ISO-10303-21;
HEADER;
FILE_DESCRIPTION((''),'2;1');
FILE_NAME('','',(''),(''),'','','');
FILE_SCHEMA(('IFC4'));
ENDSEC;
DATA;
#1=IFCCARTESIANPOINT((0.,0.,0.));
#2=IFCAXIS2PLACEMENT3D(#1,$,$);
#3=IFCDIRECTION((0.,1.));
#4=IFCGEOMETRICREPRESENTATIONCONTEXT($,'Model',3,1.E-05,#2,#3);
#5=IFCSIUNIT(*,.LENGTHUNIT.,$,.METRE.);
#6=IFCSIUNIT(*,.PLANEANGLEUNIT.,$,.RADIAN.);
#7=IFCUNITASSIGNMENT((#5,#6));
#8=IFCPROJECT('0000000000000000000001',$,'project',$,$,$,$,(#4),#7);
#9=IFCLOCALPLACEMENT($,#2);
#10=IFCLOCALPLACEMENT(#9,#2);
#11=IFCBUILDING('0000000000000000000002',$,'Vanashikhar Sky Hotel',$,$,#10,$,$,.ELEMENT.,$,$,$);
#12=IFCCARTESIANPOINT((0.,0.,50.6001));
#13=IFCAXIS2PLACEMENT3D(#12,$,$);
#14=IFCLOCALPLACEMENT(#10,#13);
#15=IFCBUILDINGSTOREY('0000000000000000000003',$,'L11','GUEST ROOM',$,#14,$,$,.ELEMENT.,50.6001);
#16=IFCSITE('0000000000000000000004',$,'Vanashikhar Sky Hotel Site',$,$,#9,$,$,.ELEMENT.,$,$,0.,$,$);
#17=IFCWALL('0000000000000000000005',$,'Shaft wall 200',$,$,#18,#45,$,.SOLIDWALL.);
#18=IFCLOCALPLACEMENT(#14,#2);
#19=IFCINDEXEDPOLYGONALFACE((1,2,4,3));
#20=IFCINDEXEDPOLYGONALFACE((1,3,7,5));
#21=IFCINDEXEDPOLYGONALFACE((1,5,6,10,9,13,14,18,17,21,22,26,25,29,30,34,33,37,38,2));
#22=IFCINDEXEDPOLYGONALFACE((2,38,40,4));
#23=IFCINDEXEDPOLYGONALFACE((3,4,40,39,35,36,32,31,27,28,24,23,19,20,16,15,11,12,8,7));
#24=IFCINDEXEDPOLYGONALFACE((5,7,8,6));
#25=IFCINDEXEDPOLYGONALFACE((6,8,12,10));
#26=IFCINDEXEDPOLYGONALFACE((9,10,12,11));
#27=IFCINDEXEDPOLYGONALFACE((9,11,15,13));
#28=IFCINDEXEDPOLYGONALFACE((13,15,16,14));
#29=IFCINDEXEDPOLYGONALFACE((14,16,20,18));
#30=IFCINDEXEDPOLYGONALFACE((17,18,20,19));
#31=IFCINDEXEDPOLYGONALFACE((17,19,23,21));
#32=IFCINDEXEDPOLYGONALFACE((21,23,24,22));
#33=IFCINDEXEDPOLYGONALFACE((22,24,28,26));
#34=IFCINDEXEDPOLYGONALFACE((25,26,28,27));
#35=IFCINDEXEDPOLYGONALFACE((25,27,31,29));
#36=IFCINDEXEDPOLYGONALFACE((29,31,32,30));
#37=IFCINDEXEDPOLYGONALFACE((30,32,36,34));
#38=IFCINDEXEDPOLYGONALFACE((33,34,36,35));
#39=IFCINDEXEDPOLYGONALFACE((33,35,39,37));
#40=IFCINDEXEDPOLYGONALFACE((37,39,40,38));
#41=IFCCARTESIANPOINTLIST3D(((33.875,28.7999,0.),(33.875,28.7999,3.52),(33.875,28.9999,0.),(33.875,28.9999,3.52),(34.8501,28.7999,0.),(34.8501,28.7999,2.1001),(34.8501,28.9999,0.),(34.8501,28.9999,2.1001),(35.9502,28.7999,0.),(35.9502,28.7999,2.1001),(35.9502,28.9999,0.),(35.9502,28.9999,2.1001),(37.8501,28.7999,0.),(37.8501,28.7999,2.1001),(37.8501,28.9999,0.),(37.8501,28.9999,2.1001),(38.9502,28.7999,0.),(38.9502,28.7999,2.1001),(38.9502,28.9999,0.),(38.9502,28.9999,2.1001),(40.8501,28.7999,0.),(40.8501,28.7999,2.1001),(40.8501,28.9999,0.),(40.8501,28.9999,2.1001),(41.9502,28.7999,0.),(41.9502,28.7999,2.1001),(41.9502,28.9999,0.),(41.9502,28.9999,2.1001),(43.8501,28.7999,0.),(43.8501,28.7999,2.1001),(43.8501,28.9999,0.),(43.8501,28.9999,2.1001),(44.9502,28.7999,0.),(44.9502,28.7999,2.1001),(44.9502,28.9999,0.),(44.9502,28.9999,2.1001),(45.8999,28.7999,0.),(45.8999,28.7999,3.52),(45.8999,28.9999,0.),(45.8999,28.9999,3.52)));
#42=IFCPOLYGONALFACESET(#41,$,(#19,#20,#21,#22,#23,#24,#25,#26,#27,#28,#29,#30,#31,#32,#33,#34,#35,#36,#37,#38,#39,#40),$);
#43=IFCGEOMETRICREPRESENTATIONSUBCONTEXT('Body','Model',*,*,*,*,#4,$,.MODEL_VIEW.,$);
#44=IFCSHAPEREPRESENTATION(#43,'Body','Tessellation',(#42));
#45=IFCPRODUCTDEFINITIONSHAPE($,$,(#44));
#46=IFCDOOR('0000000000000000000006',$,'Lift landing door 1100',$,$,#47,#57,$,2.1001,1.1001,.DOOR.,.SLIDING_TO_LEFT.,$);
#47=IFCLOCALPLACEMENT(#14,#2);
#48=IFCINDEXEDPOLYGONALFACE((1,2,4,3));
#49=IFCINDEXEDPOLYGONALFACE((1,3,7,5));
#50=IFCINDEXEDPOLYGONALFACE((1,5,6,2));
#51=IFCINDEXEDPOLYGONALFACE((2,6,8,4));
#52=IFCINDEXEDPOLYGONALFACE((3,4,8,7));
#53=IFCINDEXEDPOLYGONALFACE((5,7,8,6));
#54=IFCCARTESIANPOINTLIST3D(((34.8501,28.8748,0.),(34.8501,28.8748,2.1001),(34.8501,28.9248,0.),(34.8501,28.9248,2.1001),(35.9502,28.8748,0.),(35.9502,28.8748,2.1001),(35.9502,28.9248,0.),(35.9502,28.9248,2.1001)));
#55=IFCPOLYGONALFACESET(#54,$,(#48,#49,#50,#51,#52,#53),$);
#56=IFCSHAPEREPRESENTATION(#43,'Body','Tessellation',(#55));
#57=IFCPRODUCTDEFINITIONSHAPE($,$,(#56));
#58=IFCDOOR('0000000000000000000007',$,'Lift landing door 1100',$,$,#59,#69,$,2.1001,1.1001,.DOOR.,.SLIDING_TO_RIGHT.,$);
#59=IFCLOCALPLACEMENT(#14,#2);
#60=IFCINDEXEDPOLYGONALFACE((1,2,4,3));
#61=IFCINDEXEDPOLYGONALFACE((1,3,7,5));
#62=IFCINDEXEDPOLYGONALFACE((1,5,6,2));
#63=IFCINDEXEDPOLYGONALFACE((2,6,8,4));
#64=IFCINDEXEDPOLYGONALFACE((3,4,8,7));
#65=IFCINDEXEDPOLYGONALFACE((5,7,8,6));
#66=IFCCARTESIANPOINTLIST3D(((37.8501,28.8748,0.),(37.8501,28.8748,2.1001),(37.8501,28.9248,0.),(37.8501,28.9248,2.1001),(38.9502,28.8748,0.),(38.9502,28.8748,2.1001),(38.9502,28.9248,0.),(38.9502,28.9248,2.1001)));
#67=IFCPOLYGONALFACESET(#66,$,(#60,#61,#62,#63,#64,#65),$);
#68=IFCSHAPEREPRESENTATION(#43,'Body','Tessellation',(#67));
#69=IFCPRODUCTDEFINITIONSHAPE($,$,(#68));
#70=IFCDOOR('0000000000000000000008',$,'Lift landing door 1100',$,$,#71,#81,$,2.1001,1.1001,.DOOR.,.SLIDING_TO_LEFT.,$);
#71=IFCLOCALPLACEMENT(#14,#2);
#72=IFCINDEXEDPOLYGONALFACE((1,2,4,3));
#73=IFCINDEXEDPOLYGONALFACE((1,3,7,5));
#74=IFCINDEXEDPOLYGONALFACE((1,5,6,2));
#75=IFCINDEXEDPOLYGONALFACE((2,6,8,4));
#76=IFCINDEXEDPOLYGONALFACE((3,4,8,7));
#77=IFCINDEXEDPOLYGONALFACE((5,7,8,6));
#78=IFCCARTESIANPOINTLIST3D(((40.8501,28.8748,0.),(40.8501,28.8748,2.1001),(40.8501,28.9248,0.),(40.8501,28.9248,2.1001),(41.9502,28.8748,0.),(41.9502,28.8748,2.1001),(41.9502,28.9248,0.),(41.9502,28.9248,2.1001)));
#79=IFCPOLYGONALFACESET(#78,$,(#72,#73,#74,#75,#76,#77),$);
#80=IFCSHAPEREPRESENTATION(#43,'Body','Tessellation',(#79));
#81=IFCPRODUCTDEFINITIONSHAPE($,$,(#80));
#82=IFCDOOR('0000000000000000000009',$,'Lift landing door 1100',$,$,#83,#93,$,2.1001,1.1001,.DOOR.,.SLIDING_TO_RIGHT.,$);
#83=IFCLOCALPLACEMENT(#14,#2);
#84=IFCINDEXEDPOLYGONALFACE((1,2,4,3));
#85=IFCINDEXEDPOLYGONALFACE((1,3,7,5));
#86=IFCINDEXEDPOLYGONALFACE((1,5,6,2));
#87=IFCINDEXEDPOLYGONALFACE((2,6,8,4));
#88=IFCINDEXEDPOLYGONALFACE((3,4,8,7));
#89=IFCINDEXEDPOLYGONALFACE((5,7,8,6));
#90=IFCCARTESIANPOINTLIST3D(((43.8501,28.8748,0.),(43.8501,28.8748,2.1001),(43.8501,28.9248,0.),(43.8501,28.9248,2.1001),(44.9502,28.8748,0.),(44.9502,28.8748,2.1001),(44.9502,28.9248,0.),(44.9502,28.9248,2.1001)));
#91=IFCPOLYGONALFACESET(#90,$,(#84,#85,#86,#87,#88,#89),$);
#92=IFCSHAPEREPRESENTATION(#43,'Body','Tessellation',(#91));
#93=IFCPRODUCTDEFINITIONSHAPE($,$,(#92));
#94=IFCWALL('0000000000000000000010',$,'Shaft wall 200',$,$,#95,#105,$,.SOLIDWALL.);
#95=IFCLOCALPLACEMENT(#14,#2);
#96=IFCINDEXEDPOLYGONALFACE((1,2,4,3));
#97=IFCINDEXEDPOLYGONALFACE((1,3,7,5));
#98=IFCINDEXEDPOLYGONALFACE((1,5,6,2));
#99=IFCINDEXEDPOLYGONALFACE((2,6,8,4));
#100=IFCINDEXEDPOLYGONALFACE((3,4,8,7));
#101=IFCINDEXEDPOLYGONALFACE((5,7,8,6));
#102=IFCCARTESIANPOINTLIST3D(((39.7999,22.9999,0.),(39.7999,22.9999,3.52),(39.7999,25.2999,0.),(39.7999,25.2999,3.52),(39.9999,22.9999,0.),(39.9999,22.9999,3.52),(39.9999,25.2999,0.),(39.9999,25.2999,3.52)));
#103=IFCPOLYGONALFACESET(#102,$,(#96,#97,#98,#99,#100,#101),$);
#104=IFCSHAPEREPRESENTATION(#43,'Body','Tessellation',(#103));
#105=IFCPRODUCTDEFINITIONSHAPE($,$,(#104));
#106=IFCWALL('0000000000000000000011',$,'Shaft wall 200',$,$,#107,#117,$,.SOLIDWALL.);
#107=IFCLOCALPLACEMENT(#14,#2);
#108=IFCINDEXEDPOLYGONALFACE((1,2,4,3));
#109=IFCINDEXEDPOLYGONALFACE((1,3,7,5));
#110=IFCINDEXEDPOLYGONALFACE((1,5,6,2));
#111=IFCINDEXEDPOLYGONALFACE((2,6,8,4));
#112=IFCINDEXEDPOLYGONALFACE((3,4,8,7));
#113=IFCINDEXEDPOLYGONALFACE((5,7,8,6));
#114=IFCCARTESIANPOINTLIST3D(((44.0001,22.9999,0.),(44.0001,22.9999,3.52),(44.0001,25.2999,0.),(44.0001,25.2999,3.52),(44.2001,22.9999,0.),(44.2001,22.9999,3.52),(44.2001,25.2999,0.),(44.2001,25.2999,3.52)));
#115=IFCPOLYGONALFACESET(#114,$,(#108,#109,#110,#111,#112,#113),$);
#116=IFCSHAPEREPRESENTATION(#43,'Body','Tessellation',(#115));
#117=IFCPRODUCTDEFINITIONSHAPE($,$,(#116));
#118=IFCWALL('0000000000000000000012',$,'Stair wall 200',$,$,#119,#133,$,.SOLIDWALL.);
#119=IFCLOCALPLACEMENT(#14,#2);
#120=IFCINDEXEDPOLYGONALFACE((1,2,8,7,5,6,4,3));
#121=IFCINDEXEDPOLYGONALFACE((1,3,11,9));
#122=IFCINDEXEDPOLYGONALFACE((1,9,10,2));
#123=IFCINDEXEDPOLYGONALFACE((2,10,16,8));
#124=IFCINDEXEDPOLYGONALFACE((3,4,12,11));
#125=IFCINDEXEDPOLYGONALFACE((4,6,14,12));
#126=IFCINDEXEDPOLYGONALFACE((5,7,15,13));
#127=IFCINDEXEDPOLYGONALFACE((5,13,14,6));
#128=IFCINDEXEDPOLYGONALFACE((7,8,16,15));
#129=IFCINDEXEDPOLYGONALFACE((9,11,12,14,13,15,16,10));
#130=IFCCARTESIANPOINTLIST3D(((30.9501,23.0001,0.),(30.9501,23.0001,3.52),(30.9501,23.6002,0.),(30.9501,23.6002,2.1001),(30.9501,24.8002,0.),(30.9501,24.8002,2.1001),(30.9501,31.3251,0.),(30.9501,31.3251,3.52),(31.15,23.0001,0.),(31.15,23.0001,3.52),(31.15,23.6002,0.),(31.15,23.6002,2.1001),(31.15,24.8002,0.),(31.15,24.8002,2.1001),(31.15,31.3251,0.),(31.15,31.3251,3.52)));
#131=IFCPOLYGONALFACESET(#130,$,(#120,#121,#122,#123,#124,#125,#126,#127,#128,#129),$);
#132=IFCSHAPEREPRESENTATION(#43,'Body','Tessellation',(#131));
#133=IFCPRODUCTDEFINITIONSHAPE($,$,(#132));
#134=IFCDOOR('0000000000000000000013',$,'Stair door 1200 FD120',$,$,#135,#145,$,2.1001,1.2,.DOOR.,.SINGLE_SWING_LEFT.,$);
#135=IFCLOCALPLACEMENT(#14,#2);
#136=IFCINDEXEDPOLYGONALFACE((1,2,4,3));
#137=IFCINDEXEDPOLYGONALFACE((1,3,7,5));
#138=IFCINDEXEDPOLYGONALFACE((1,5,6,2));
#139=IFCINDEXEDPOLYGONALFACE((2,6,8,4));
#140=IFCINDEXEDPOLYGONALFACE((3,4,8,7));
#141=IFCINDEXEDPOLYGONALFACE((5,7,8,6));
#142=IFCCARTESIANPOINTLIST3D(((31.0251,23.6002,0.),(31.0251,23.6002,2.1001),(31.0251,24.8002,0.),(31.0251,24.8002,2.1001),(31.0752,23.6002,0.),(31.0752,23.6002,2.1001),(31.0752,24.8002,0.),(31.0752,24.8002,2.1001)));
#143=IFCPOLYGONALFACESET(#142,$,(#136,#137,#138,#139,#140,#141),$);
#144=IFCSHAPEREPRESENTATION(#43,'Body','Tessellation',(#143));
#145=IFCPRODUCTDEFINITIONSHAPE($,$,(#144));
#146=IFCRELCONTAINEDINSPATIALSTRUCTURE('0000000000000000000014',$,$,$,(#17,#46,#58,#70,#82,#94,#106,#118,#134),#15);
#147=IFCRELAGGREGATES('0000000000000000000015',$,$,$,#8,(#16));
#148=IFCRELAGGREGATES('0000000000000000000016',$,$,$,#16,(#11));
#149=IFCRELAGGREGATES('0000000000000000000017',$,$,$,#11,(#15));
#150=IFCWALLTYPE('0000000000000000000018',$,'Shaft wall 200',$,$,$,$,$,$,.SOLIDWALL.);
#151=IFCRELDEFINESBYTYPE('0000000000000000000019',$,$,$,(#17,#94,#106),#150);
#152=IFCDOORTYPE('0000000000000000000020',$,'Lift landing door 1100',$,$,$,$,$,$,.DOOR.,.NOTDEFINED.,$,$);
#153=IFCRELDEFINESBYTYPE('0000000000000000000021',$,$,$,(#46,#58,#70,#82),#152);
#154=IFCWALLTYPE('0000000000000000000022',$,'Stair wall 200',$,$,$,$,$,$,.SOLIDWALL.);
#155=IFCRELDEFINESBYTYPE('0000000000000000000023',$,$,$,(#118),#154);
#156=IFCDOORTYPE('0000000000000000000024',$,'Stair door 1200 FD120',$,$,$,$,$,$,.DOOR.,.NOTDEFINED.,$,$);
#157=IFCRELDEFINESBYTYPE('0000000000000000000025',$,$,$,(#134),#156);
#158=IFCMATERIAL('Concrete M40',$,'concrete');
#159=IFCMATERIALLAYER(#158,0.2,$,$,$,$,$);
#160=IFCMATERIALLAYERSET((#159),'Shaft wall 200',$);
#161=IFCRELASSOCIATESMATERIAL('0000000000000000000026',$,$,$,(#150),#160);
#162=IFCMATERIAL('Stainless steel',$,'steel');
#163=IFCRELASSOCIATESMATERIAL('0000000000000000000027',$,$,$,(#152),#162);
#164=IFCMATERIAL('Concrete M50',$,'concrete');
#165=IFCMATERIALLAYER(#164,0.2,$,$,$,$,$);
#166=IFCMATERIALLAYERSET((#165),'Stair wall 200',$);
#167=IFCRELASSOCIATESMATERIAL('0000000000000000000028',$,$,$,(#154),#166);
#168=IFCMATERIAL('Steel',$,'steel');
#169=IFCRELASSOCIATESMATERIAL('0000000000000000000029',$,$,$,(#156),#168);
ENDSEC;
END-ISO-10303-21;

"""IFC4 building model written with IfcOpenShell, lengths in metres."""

from ifc_helpers import new_model, si_unit, direction, frame, frame_2d, origin, place, context, subcontext, project, spatial, rectangle, extrude, source, transform, mapped, material, layer, layer_set, type_object, element, fill, save


model = new_model("IFC4")

# Units and contexts
model_context = context("Model", 3, precision=1e-05, world=origin(), true_north=direction((0.0, 1.0)))
body_context = subcontext(model_context, "Body", "Model", "MODEL_VIEW")
ifc_project = project(units=[si_unit("LENGTHUNIT", "METRE"), si_unit("PLANEANGLEUNIT", "RADIAN")], contexts=[model_context])

# Site, building, storey
site_placement = place(None, origin())
site = spatial("IfcSite", under=ifc_project, at=site_placement, Name="Vanashikhar Sky Hotel Site", CompositionType="ELEMENT", RefElevation=0.0)
building_placement = place(site_placement, origin())
building = spatial("IfcBuilding", under=site, at=building_placement, Name="Vanashikhar Sky Hotel", CompositionType="ELEMENT")
storey_placement = place(building_placement, frame((0.0, 0.0, 50.6001)))
storey = spatial("IfcBuildingStorey", under=building, at=storey_placement, Name="L11", Description="GUEST ROOM", CompositionType="ELEMENT", Elevation=50.6001)

# Shared definitions
ifc_material_1 = material(Name="Steel", Category="steel")
shared_shape_1 = source(origin(), body_context, "Body", "SweptSolid", [
    extrude(rectangle(XDim=1.1001, YDim=2.1001, at=frame_2d((0.55, 1.05))), frame((0.0, 0.0249, 0.0), z_axis=(0.0, -1.0, 0.0), x_axis=(1.0, 0.0, 0.0)), (0.0, 0.0, 1.0), 0.05),
])

# Wall, openings, doors
ifc_material_2 = material(Name="Concrete M40", Category="concrete")
ifc_layer_1 = layer(ifc_material_2, 0.2)
ifc_layer_set_1 = layer_set([ifc_layer_1], Name="Shaft wall 200")
wall_type_1 = type_object("IfcWallType", Name="Shaft wall 200", PredefinedType="SOLIDWALL", material=ifc_layer_set_1)
shared_shape_2 = source(origin(), body_context, "Body", "SweptSolid", [
    extrude(rectangle(XDim=1.1001, YDim=2.1001, at=frame_2d((0.55, 1.05))), frame((0.0, 0.1099, 0.0), z_axis=(0.0, -1.0, 0.0), x_axis=(1.0, 0.0, 0.0)), (0.0, 0.0, 1.0), 0.22),
])
ifc_material_3 = material(Name="Stainless steel", Category="steel")
door_type_1 = type_object("IfcDoorType", Name="Lift landing door 1100", OperationType="NOTDEFINED", PredefinedType="DOOR", material=ifc_material_3)
shared_shape_3 = source(origin(), body_context, "Body", "SweptSolid", [
    extrude(rectangle(XDim=12.0249, YDim=0.2, at=frame_2d((6.0125, 0.0))), origin(), (0.0, 0.0, 1.0), 3.52),
])
wall_1_placement = place(storey_placement, frame((33.875, 28.8999, 0.0), z_axis=(0.0, 0.0, 1.0), x_axis=(1.0, 0.0, 0.0)))
wall_1 = element("IfcWall", 1, at=wall_1_placement, inside=storey, type_object=wall_type_1, Name="Shaft wall 200", PredefinedType="SOLIDWALL", context=body_context, shape_type="MappedRepresentation", body=[
    mapped(shared_shape_3, transform((0.0, 0.0, 0.0), scale=1.0)),
])
opening_1_placement = place(wall_1_placement, frame((0.9751, 0.0, 0.0)))
opening_1 = element("IfcOpeningElement", 2, at=opening_1_placement, cuts=wall_1, PredefinedType="OPENING", context=body_context, shape_type="MappedRepresentation", body=[
    mapped(shared_shape_2, transform((0.0, 0.0, 0.0), scale=1.0)),
])
opening_2_placement = place(wall_1_placement, frame((3.9751, 0.0, 0.0)))
opening_2 = element("IfcOpeningElement", 3, at=opening_2_placement, cuts=wall_1, PredefinedType="OPENING", context=body_context, shape_type="MappedRepresentation", body=[
    mapped(shared_shape_2, transform((0.0, 0.0, 0.0), scale=1.0)),
])
opening_3_placement = place(wall_1_placement, frame((6.9751, 0.0, 0.0)))
opening_3 = element("IfcOpeningElement", 4, at=opening_3_placement, cuts=wall_1, PredefinedType="OPENING", context=body_context, shape_type="MappedRepresentation", body=[
    mapped(shared_shape_2, transform((0.0, 0.0, 0.0), scale=1.0)),
])
opening_4_placement = place(wall_1_placement, frame((9.9751, 0.0, 0.0)))
opening_4 = element("IfcOpeningElement", 5, at=opening_4_placement, cuts=wall_1, PredefinedType="OPENING", context=body_context, shape_type="MappedRepresentation", body=[
    mapped(shared_shape_2, transform((0.0, 0.0, 0.0), scale=1.0)),
])
door_1_placement = place(opening_1_placement, origin())
door_1 = element("IfcDoor", 6, at=door_1_placement, inside=storey, type_object=door_type_1, Name="Lift landing door 1100", OperationType="SLIDING_TO_LEFT", OverallHeight=2.1001, OverallWidth=1.1001, PredefinedType="DOOR", context=body_context, shape_type="MappedRepresentation", body=[
    mapped(shared_shape_1, transform((0.0, 0.0, 0.0), scale=1.0)),
])
fill(opening_1, door_1)
door_2_placement = place(opening_2_placement, origin())
door_2 = element("IfcDoor", 7, at=door_2_placement, inside=storey, type_object=door_type_1, Name="Lift landing door 1100", OperationType="SLIDING_TO_RIGHT", OverallHeight=2.1001, OverallWidth=1.1001, PredefinedType="DOOR", context=body_context, shape_type="MappedRepresentation", body=[
    mapped(shared_shape_1, transform((0.0, 0.0, 0.0), scale=1.0)),
])
fill(opening_2, door_2)
door_3_placement = place(opening_3_placement, origin())
door_3 = element("IfcDoor", 8, at=door_3_placement, inside=storey, type_object=door_type_1, Name="Lift landing door 1100", OperationType="SLIDING_TO_LEFT", OverallHeight=2.1001, OverallWidth=1.1001, PredefinedType="DOOR", context=body_context, shape_type="MappedRepresentation", body=[
    mapped(shared_shape_1, transform((0.0, 0.0, 0.0), scale=1.0)),
])
fill(opening_3, door_3)
door_4_placement = place(opening_4_placement, origin())
door_4 = element("IfcDoor", 9, at=door_4_placement, inside=storey, type_object=door_type_1, Name="Lift landing door 1100", OperationType="SLIDING_TO_RIGHT", OverallHeight=2.1001, OverallWidth=1.1001, PredefinedType="DOOR", context=body_context, shape_type="MappedRepresentation", body=[
    mapped(shared_shape_1, transform((0.0, 0.0, 0.0), scale=1.0)),
])
fill(opening_4, door_4)

# Walls
shared_shape_4 = source(origin(), body_context, "Body", "SweptSolid", [
    extrude(rectangle(XDim=2.3, YDim=0.2, at=frame_2d((1.1499, 0.0))), origin(), (0.0, 0.0, 1.0), 3.52),
])
for number, where, z_axis, x_axis, name in (
    (10, (39.8999, 23.0, 0.0), (0.0, 0.0, 1.0), (0.0, 1.0, 0.0), "Shaft wall 200"),
    (11, (44.1001, 23.0, 0.0), (0.0, 0.0, 1.0), (0.0, 1.0, 0.0), "Shaft wall 200"),
):
    element("IfcWall", number, at=place(storey_placement, frame(where, z_axis=z_axis, x_axis=x_axis)), inside=storey, type_object=wall_type_1, Name=name, PredefinedType="SOLIDWALL", context=body_context, shape_type="MappedRepresentation", body=[
        mapped(shared_shape_4, transform((0.0, 0.0, 0.0), scale=1.0)),
    ])

# Wall, opening, door
ifc_material_4 = material(Name="Concrete M50", Category="concrete")
ifc_layer_2 = layer(ifc_material_4, 0.2)
ifc_layer_set_2 = layer_set([ifc_layer_2], Name="Stair wall 200")
wall_type_2 = type_object("IfcWallType", Name="Stair wall 200", PredefinedType="SOLIDWALL", material=ifc_layer_set_2)
shared_shape_5 = source(origin(), body_context, "Body", "SweptSolid", [
    extrude(rectangle(XDim=8.325, YDim=0.2, at=frame_2d((4.1626, 0.0))), origin(), (0.0, 0.0, 1.0), 3.52),
])
wall_2_placement = place(storey_placement, frame((31.05, 23.0, 0.0), z_axis=(0.0, 0.0, 1.0), x_axis=(0.0, 1.0, 0.0)))
wall_2 = element("IfcWall", 12, at=wall_2_placement, inside=storey, type_object=wall_type_2, Name="Stair wall 200", PredefinedType="SOLIDWALL", context=body_context, shape_type="MappedRepresentation", body=[
    mapped(shared_shape_5, transform((0.0, 0.0, 0.0), scale=1.0)),
])
shared_shape_6 = source(origin(), body_context, "Body", "SweptSolid", [
    extrude(rectangle(XDim=1.2, YDim=2.1001, at=frame_2d((0.6001, 1.05))), frame((0.0, 0.1099, 0.0), z_axis=(0.0, -1.0, 0.0), x_axis=(1.0, 0.0, 0.0)), (0.0, 0.0, 1.0), 0.22),
])
opening_5_placement = place(wall_2_placement, frame((0.6001, 0.0, 0.0)))
opening_5 = element("IfcOpeningElement", 13, at=opening_5_placement, cuts=wall_2, PredefinedType="OPENING", context=body_context, shape_type="MappedRepresentation", body=[
    mapped(shared_shape_6, transform((0.0, 0.0, 0.0), scale=1.0)),
])
door_type_2 = type_object("IfcDoorType", Name="Stair door 1200 FD120", OperationType="NOTDEFINED", PredefinedType="DOOR", material=ifc_material_1)
shared_shape_7 = source(origin(), body_context, "Body", "SweptSolid", [
    extrude(rectangle(XDim=1.2, YDim=2.1001, at=frame_2d((0.6001, 1.05))), frame((0.0, 0.0249, 0.0), z_axis=(0.0, -1.0, 0.0), x_axis=(1.0, 0.0, 0.0)), (0.0, 0.0, 1.0), 0.05),
])
door_5_placement = place(opening_5_placement, origin())
door_5 = element("IfcDoor", 14, at=door_5_placement, inside=storey, type_object=door_type_2, Name="Stair door 1200 FD120", OperationType="SINGLE_SWING_LEFT", OverallHeight=2.1001, OverallWidth=1.2, PredefinedType="DOOR", context=body_context, shape_type="MappedRepresentation", body=[
    mapped(shared_shape_7, transform((0.0, 0.0, 0.0), scale=1.0)),
])
fill(opening_5, door_5)

save(model, "model.ifc")
